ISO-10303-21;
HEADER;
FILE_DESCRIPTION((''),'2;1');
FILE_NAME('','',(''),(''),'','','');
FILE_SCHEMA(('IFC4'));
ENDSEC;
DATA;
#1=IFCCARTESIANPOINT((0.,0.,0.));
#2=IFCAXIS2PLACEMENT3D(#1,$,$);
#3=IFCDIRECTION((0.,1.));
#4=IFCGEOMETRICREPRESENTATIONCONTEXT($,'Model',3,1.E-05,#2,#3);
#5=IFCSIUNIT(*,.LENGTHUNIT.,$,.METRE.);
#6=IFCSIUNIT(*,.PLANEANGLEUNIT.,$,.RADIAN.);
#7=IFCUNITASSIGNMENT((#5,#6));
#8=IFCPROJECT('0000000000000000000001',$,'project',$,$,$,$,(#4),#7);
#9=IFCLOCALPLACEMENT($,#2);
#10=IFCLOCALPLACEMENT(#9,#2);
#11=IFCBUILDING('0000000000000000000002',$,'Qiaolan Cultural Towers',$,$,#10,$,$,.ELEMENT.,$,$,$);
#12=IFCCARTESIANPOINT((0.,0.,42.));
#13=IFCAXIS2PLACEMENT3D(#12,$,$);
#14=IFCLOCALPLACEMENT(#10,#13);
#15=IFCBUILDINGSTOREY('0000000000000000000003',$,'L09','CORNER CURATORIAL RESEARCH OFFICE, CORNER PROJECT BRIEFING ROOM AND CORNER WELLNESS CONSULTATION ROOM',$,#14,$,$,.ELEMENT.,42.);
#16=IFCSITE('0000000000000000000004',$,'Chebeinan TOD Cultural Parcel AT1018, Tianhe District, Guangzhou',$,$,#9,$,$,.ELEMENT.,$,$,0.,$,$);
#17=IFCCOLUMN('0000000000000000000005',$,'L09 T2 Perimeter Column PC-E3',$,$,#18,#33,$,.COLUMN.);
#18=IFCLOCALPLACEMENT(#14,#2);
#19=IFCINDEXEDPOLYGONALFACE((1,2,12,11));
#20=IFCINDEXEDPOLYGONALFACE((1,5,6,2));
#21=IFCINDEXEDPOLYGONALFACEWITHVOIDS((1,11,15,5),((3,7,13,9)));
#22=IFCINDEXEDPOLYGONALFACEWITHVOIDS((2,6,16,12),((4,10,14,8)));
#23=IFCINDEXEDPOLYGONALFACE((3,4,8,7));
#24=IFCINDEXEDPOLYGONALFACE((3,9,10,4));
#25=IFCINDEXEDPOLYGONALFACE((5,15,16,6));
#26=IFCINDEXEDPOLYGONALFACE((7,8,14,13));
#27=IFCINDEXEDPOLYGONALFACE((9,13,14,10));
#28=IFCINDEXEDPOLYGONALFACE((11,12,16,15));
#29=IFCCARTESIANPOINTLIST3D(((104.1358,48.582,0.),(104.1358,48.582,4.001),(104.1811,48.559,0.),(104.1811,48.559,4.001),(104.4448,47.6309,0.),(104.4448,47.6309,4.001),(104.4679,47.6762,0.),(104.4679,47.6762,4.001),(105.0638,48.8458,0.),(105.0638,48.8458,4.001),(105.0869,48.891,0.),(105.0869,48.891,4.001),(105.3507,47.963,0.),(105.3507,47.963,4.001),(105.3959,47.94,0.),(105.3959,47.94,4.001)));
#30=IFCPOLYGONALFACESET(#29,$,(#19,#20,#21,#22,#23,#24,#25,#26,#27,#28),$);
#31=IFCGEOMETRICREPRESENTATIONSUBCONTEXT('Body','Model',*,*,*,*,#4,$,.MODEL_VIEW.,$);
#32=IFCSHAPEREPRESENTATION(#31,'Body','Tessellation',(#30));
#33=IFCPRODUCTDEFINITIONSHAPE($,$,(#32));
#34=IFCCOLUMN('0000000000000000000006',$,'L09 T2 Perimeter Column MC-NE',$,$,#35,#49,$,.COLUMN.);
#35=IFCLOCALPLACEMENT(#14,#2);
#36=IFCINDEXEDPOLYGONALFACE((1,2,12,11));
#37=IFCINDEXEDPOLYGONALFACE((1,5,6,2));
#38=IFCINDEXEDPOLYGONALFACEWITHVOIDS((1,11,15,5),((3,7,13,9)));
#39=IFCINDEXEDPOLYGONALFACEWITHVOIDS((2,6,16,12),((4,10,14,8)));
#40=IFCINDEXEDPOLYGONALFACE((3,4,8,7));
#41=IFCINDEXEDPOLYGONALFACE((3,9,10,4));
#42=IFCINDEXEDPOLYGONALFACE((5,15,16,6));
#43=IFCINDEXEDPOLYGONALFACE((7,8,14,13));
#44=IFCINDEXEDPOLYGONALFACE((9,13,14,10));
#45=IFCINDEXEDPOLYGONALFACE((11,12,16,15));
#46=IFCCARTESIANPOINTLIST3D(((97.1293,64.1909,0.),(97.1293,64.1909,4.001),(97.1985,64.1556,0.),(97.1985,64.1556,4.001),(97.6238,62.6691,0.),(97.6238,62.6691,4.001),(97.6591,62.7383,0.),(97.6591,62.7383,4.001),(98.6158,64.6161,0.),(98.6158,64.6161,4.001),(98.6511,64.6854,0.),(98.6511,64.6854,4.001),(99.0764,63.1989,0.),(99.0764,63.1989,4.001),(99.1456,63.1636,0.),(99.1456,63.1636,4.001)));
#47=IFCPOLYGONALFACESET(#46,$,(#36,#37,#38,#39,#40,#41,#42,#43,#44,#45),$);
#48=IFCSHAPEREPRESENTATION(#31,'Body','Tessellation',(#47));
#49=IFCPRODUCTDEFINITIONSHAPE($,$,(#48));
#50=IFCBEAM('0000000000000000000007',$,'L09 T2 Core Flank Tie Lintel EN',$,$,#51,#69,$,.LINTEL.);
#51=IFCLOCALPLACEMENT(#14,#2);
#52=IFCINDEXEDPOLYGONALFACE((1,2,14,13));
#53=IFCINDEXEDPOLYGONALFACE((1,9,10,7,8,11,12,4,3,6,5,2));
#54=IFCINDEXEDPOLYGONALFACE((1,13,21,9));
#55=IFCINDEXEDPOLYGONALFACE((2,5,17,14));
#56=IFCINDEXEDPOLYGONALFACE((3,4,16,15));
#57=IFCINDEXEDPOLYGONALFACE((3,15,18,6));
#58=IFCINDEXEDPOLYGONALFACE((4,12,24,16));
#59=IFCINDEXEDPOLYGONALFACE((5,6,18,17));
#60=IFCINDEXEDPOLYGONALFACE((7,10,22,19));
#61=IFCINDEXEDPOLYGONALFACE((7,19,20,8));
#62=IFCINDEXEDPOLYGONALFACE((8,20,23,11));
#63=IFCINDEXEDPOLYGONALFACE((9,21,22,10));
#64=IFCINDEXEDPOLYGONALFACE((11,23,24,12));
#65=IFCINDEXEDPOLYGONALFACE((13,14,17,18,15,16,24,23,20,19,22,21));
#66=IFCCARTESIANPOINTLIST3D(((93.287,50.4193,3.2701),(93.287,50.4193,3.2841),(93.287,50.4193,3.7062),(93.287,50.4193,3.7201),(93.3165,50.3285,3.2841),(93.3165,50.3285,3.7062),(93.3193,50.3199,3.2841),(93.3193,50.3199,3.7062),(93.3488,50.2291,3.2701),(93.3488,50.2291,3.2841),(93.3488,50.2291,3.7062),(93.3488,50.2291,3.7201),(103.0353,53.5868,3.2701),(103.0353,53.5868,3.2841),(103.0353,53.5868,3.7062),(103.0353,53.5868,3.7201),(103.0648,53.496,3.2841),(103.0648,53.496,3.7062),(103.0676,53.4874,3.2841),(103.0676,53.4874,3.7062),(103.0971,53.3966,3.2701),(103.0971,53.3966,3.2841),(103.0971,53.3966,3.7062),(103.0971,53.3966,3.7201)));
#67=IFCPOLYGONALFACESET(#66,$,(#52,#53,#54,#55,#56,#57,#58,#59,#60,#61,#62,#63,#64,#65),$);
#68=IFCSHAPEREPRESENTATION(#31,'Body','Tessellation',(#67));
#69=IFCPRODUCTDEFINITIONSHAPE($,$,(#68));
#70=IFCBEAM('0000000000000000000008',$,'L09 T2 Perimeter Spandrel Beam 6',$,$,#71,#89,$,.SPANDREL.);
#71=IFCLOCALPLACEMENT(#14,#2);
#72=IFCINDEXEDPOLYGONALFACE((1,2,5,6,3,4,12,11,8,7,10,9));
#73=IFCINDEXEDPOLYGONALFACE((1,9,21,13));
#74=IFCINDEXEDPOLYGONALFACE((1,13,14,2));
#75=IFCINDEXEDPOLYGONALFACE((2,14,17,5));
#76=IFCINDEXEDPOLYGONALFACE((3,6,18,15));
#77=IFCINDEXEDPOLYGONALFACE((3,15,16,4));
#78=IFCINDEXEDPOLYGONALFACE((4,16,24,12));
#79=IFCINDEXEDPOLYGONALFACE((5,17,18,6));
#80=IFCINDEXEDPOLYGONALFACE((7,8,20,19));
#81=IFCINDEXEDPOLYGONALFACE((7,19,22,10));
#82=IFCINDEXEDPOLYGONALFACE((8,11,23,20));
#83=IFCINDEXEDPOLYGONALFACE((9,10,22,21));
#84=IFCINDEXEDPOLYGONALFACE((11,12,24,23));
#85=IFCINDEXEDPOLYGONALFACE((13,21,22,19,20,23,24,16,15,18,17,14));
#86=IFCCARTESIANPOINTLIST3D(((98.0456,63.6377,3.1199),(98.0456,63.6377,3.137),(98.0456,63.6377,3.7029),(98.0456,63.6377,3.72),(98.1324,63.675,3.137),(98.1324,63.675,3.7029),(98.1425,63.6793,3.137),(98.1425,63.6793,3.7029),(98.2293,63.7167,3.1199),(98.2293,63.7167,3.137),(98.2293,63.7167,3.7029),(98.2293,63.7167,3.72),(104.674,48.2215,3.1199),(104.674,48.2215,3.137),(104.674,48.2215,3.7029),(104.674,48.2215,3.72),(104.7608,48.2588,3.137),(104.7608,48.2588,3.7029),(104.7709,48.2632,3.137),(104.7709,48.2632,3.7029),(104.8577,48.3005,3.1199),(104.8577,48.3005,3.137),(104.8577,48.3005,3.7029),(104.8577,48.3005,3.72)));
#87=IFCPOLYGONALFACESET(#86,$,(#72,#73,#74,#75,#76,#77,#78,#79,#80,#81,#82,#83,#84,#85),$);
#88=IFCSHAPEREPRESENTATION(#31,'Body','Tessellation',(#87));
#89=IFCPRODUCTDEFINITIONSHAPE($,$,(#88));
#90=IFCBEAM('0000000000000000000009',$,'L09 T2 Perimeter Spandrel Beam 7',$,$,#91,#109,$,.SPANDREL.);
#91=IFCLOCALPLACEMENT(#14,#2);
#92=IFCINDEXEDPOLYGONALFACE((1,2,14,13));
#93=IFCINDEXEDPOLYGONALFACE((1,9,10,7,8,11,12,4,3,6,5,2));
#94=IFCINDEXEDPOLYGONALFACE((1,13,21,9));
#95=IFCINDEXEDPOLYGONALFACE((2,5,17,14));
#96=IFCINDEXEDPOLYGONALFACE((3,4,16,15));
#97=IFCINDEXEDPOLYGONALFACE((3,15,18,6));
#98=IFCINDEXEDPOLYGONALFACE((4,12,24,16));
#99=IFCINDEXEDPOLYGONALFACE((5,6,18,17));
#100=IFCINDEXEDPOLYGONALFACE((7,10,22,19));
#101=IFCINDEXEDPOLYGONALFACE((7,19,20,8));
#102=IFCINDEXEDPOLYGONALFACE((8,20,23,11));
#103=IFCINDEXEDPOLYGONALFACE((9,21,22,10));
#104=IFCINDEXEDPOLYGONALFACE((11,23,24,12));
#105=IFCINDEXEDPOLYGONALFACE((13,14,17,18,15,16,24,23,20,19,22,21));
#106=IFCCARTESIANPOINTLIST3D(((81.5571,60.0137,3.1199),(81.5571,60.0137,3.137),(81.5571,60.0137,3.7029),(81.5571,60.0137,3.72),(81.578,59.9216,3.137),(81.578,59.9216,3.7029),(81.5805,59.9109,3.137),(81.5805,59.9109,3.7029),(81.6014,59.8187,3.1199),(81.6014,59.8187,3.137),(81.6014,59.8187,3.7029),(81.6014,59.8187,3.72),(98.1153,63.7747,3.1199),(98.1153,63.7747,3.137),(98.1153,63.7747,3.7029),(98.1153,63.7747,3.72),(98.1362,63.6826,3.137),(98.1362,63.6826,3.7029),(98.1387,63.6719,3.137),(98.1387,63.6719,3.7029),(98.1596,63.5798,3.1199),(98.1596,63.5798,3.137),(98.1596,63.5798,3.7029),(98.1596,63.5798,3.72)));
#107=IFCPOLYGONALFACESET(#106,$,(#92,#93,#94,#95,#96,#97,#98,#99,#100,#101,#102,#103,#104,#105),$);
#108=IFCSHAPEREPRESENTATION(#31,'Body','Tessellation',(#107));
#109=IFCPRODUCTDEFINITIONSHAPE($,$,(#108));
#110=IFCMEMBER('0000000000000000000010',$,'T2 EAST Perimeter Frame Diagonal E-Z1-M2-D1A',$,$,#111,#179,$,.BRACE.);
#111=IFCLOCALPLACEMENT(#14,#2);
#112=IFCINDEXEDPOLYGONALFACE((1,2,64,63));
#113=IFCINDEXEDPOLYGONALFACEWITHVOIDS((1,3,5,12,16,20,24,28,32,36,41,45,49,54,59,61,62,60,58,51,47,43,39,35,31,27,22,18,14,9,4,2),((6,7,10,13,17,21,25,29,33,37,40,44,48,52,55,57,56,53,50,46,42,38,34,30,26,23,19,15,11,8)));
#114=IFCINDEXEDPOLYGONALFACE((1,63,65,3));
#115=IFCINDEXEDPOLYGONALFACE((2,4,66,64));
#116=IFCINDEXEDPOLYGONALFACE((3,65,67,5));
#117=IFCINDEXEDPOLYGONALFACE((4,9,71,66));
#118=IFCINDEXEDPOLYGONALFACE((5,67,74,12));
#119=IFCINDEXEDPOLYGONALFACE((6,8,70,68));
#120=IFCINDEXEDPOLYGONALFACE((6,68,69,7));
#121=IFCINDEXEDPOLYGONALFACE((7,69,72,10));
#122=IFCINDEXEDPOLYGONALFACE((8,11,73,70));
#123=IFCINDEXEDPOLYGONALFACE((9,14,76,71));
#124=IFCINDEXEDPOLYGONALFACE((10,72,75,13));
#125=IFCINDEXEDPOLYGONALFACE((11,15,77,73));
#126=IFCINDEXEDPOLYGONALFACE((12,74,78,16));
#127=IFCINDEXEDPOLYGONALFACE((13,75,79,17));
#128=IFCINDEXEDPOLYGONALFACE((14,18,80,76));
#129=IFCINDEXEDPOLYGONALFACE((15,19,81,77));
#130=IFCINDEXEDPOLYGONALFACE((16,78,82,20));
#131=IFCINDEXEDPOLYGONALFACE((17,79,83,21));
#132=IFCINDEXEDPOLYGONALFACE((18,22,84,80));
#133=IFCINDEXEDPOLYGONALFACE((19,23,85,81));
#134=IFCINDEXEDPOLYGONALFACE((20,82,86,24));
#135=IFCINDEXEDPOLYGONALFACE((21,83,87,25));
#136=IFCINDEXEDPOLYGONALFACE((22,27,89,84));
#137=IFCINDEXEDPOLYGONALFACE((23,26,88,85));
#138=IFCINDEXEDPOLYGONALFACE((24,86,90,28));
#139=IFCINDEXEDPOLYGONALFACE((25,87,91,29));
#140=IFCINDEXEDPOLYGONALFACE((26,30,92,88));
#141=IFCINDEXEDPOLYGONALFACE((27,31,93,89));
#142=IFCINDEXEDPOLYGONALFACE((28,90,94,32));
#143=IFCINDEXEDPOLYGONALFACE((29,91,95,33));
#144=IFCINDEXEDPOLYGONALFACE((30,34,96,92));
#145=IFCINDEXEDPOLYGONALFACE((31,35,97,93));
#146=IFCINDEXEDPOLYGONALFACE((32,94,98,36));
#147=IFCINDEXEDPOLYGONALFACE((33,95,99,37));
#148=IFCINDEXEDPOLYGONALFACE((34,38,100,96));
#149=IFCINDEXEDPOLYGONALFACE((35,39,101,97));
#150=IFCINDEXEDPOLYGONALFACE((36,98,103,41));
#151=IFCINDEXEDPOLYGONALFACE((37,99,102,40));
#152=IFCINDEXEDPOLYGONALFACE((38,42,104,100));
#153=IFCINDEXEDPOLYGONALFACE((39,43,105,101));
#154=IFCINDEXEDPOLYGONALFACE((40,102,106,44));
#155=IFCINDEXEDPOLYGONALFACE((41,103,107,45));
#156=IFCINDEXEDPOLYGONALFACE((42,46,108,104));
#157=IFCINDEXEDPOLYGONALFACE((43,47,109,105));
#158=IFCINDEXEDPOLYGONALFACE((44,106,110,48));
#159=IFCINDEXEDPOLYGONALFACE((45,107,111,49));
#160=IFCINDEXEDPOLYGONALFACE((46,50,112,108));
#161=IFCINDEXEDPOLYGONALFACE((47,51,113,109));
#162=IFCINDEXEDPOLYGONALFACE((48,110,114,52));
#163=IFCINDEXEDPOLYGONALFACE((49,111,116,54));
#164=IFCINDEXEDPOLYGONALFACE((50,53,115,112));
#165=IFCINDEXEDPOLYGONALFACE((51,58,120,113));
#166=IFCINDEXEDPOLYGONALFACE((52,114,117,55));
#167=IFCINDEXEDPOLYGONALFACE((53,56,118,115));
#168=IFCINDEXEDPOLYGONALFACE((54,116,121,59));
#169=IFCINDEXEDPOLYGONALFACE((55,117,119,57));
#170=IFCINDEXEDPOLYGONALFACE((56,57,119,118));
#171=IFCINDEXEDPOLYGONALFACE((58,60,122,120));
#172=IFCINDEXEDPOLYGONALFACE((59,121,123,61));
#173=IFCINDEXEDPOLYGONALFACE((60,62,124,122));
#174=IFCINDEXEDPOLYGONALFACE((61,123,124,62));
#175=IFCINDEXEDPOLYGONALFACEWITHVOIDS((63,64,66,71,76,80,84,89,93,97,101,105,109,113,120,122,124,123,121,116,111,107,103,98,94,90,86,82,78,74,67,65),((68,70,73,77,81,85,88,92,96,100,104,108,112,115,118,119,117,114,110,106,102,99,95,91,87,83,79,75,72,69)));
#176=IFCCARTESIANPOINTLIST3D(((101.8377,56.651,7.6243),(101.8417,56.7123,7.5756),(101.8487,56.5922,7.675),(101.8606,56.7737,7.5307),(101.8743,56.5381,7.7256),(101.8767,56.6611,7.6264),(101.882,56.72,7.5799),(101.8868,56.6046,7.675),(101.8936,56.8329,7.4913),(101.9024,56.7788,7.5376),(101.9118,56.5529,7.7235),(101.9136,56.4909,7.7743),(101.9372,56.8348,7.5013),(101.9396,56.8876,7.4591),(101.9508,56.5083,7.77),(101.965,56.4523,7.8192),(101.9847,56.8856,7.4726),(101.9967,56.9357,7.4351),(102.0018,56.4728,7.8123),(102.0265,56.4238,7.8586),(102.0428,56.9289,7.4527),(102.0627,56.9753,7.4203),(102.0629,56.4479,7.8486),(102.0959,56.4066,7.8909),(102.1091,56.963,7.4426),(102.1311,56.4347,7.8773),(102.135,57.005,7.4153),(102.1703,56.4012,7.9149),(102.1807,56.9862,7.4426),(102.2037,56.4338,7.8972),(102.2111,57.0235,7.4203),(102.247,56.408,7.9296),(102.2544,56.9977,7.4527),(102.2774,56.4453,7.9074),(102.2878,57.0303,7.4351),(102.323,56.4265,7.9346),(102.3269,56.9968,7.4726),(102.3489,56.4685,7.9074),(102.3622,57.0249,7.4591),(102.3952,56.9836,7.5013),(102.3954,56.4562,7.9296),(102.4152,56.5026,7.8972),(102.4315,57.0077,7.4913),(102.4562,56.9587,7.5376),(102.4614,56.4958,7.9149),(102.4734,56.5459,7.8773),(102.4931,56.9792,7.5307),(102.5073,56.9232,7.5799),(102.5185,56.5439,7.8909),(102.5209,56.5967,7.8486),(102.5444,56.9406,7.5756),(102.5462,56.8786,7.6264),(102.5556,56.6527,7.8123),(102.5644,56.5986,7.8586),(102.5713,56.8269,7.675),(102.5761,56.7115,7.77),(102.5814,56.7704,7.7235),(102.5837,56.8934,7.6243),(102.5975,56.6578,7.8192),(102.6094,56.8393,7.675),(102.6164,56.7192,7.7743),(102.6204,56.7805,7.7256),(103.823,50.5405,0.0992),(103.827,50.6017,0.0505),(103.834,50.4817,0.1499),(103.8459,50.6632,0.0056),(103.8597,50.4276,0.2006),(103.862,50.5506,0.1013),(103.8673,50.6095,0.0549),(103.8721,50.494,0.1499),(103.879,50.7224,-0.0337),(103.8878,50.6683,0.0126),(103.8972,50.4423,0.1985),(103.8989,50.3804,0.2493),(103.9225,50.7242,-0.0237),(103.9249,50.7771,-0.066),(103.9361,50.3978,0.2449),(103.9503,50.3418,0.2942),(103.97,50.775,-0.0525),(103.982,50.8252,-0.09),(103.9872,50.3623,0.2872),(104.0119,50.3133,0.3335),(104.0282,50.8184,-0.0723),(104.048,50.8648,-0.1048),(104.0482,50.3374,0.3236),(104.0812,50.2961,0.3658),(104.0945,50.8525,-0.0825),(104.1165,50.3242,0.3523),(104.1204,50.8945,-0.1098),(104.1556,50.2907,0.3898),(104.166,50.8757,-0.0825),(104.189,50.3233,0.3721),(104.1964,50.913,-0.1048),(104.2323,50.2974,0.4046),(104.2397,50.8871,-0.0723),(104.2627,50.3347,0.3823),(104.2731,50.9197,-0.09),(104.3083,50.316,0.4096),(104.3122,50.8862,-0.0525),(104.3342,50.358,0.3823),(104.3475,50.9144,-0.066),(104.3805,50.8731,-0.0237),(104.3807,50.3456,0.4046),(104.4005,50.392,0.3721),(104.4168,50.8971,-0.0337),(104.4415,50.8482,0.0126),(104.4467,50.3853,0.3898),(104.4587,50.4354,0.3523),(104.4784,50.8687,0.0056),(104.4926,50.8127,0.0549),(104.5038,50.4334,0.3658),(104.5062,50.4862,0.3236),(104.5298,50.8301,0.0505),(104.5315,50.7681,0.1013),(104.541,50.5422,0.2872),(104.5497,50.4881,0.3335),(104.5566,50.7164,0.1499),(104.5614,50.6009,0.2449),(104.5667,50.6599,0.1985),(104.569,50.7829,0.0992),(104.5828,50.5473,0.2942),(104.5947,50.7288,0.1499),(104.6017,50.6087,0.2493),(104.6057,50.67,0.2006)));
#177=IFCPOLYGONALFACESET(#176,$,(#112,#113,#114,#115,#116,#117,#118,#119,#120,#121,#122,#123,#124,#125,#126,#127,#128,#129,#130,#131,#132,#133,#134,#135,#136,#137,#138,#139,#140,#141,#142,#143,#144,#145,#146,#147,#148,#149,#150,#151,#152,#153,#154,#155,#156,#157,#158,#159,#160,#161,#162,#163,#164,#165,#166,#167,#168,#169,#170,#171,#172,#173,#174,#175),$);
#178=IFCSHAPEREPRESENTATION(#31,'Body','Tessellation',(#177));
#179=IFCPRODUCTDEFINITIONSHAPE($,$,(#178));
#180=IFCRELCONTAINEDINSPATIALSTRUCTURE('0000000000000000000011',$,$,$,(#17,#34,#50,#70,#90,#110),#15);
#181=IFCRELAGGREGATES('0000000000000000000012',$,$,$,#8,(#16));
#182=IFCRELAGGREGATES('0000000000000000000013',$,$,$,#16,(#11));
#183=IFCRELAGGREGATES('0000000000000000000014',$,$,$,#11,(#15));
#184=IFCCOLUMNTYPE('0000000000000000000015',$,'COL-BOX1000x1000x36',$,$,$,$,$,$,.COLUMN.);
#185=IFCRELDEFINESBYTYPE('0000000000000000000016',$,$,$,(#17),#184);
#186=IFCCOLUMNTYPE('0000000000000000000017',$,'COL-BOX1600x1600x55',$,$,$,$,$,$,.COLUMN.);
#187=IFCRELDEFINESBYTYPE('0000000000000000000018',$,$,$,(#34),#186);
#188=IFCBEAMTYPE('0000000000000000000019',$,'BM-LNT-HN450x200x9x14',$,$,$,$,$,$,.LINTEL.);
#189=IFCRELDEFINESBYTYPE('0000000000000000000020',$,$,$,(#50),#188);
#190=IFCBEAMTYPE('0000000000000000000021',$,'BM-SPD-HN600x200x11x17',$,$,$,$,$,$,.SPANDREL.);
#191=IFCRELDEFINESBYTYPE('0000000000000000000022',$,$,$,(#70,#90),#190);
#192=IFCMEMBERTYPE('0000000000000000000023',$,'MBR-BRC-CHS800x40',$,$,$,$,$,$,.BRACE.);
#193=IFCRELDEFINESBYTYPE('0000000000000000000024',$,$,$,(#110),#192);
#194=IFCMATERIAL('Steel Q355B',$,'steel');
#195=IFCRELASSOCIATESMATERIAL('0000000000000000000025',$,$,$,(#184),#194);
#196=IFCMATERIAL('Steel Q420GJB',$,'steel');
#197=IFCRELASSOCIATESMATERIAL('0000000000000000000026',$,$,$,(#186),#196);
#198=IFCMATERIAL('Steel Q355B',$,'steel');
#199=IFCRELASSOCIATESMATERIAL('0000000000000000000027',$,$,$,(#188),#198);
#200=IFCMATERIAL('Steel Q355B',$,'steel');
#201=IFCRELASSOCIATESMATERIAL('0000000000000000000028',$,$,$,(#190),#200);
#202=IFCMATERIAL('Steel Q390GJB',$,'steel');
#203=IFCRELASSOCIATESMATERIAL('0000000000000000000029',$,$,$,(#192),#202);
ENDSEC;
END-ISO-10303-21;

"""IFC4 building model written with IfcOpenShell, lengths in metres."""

from ifc_helpers import new_model, si_unit, direction, frame, origin, origin_2d, place, context, subcontext, project, spatial, hollow_rectangle, hollow_circle, i_section, extrude, material, material_profile, profile_set, type_object, element, save


model = new_model("IFC4")

# Units and contexts
model_context = context("Model", 3, precision=1e-05, world=origin(), true_north=direction((0.0, 1.0)))
body_context = subcontext(model_context, "Body", "Model", "MODEL_VIEW")
ifc_project = project(units=[si_unit("LENGTHUNIT", "METRE"), si_unit("PLANEANGLEUNIT", "RADIAN")], contexts=[model_context])

# Site, building, storey
site_placement = place(None, origin())
site = spatial("IfcSite", under=ifc_project, at=site_placement, Name="Chebeinan TOD Cultural Parcel AT1018, Tianhe District, Guangzhou", CompositionType="ELEMENT", RefElevation=0.0)
building_placement = place(site_placement, origin())
building = spatial("IfcBuilding", under=site, at=building_placement, Name="Qiaolan Cultural Towers", CompositionType="ELEMENT")
storey_placement = place(building_placement, frame((0.0, 0.0, 42.0)))
storey = spatial("IfcBuildingStorey", under=building, at=storey_placement, Name="L09", Description="CORNER CURATORIAL RESEARCH OFFICE, CORNER PROJECT BRIEFING ROOM AND CORNER WELLNESS CONSULTATION ROOM", CompositionType="ELEMENT", Elevation=42.0)

# Columns
ifc_material_1 = material(Name="Steel Q355B", Category="steel")
ifc_material_profile_1 = material_profile(ifc_material_1, hollow_rectangle(XDim=1.0, YDim=1.0, WallThickness=0.0359, at=origin_2d()), Name="BOX1000x1000x36")
ifc_profile_set_1 = profile_set([ifc_material_profile_1], Name="Steel Q355B")
column_type_1 = type_object("IfcColumnType", Name="COL-BOX1000x1000x36", PredefinedType="COLUMN", material=ifc_profile_set_1)
column_1_placement = place(storey_placement, frame((104.7659, 48.261, 0.0), z_axis=(0.0, 0.0, 1.0), x_axis=(0.951057, 0.309017, 0.0)))
element("IfcColumn", 1, at=column_1_placement, inside=storey, type_object=column_type_1, Name="L09 T2 Perimeter Column PC-E3", PredefinedType="COLUMN", context=body_context, shape_type="SweptSolid", body=[
    extrude(hollow_rectangle(XDim=1.0, YDim=1.0, WallThickness=0.0359, at=origin_2d()), origin(), (0.0, 0.0, 1.0), 4.001),
])
ifc_material_2 = material(Name="Steel Q420GJB", Category="steel")
ifc_material_profile_2 = material_profile(ifc_material_2, hollow_rectangle(XDim=1.6001, YDim=1.6001, WallThickness=0.0549, at=origin_2d()), Name="BOX1600x1600x55")
ifc_profile_set_2 = profile_set([ifc_material_profile_2], Name="Steel Q420GJB")
column_type_2 = type_object("IfcColumnType", Name="COL-BOX1600x1600x55", PredefinedType="COLUMN", material=ifc_profile_set_2)
column_2_placement = place(storey_placement, frame((98.1375, 63.6772, 0.0), z_axis=(0.0, 0.0, 1.0), x_axis=(0.951057, 0.309017, 0.0)))
element("IfcColumn", 2, at=column_2_placement, inside=storey, type_object=column_type_2, Name="L09 T2 Perimeter Column MC-NE", PredefinedType="COLUMN", context=body_context, shape_type="SweptSolid", body=[
    extrude(hollow_rectangle(XDim=1.6001, YDim=1.6001, WallThickness=0.0549, at=origin_2d()), origin(), (0.0, 0.0, 1.0), 4.001),
])

# Beams
ifc_material_3 = material(Name="Steel Q355B", Category="steel")
ifc_material_profile_3 = material_profile(ifc_material_3, i_section(OverallWidth=0.2, OverallDepth=0.45, WebThickness=0.009, FlangeThickness=0.0139, at=origin_2d()), Name="HN450x200x9x14")
ifc_profile_set_3 = profile_set([ifc_material_profile_3], Name="Steel Q355B")
beam_type_1 = type_object("IfcBeamType", Name="BM-LNT-HN450x200x9x14", PredefinedType="LINTEL", material=ifc_profile_set_3)
beam_1_placement = place(storey_placement, frame((93.3179, 50.3242, 3.4951), z_axis=(0.951055, 0.309023, 0.0), x_axis=(-0.309023, 0.951055, 0.0)))
element("IfcBeam", 3, at=beam_1_placement, inside=storey, type_object=beam_type_1, Name="L09 T2 Core Flank Tie Lintel EN", PredefinedType="LINTEL", context=body_context, shape_type="SweptSolid", body=[
    extrude(i_section(OverallWidth=0.2, OverallDepth=0.45, WebThickness=0.009, FlangeThickness=0.0139, at=origin_2d()), origin(), (0.0, 0.0, 1.0), 10.25),
])
ifc_material_4 = material(Name="Steel Q355B", Category="steel")
ifc_material_profile_4 = material_profile(ifc_material_4, i_section(OverallWidth=0.2, OverallDepth=0.6001, WebThickness=0.011, FlangeThickness=0.0171, at=origin_2d()), Name="HN600x200x11x17")
ifc_profile_set_4 = profile_set([ifc_material_profile_4], Name="Steel Q355B")
beam_type_2 = type_object("IfcBeamType", Name="BM-SPD-HN600x200x11x17", PredefinedType="SPANDREL", material=ifc_profile_set_4)
beam_2_placement = place(storey_placement, frame((104.7659, 48.261, 3.4199), z_axis=(-0.394999, 0.918682, 0.0), x_axis=(-0.918682, -0.394999, 0.0)))
element("IfcBeam", 4, at=beam_2_placement, inside=storey, type_object=beam_type_2, Name="L09 T2 Perimeter Spandrel Beam 6", PredefinedType="SPANDREL", context=body_context, shape_type="SweptSolid", body=[
    extrude(i_section(OverallWidth=0.2, OverallDepth=0.6001, WebThickness=0.011, FlangeThickness=0.0171, at=origin_2d()), origin(), (0.0, 0.0, 1.0), 16.7808),
])
beam_3_placement = place(storey_placement, frame((98.1375, 63.6772, 3.4199), z_axis=(-0.975161, -0.221497, 0.0), x_axis=(0.221497, -0.975161, 0.0)))
element("IfcBeam", 5, at=beam_3_placement, inside=storey, type_object=beam_type_2, Name="L09 T2 Perimeter Spandrel Beam 7", PredefinedType="SPANDREL", context=body_context, shape_type="SweptSolid", body=[
    extrude(i_section(OverallWidth=0.2, OverallDepth=0.6001, WebThickness=0.011, FlangeThickness=0.0171, at=origin_2d()), origin(), (0.0, 0.0, 1.0), 16.98),
])

# Member
ifc_material_5 = material(Name="Steel Q390GJB", Category="steel")
ifc_material_profile_5 = material_profile(ifc_material_5, hollow_circle(Radius=0.3999, WallThickness=0.04, at=origin_2d()), Name="CHS800x40")
ifc_profile_set_5 = profile_set([ifc_material_profile_5], Name="Steel Q390GJB")
member_type = type_object("IfcMemberType", Name="MBR-BRC-CHS800x40", PredefinedType="BRACE", material=ifc_profile_set_5)
member_1_placement = place(storey_placement, frame((104.2144, 50.6052, 0.1499), z_axis=(-0.200644, 0.617551, 0.760508), x_axis=(-0.951061, -0.309003, 0.0)))
element("IfcMember", 6, at=member_1_placement, inside=storey, type_object=member_type, Name="T2 EAST Perimeter Frame Diagonal E-Z1-M2-D1A", PredefinedType="BRACE", context=body_context, shape_type="SweptSolid", body=[
    extrude(hollow_circle(Radius=0.3999, WallThickness=0.04, at=origin_2d()), origin(), (0.0, 0.0, 1.0), 9.8948),
])

save(model, "model.ifc")
